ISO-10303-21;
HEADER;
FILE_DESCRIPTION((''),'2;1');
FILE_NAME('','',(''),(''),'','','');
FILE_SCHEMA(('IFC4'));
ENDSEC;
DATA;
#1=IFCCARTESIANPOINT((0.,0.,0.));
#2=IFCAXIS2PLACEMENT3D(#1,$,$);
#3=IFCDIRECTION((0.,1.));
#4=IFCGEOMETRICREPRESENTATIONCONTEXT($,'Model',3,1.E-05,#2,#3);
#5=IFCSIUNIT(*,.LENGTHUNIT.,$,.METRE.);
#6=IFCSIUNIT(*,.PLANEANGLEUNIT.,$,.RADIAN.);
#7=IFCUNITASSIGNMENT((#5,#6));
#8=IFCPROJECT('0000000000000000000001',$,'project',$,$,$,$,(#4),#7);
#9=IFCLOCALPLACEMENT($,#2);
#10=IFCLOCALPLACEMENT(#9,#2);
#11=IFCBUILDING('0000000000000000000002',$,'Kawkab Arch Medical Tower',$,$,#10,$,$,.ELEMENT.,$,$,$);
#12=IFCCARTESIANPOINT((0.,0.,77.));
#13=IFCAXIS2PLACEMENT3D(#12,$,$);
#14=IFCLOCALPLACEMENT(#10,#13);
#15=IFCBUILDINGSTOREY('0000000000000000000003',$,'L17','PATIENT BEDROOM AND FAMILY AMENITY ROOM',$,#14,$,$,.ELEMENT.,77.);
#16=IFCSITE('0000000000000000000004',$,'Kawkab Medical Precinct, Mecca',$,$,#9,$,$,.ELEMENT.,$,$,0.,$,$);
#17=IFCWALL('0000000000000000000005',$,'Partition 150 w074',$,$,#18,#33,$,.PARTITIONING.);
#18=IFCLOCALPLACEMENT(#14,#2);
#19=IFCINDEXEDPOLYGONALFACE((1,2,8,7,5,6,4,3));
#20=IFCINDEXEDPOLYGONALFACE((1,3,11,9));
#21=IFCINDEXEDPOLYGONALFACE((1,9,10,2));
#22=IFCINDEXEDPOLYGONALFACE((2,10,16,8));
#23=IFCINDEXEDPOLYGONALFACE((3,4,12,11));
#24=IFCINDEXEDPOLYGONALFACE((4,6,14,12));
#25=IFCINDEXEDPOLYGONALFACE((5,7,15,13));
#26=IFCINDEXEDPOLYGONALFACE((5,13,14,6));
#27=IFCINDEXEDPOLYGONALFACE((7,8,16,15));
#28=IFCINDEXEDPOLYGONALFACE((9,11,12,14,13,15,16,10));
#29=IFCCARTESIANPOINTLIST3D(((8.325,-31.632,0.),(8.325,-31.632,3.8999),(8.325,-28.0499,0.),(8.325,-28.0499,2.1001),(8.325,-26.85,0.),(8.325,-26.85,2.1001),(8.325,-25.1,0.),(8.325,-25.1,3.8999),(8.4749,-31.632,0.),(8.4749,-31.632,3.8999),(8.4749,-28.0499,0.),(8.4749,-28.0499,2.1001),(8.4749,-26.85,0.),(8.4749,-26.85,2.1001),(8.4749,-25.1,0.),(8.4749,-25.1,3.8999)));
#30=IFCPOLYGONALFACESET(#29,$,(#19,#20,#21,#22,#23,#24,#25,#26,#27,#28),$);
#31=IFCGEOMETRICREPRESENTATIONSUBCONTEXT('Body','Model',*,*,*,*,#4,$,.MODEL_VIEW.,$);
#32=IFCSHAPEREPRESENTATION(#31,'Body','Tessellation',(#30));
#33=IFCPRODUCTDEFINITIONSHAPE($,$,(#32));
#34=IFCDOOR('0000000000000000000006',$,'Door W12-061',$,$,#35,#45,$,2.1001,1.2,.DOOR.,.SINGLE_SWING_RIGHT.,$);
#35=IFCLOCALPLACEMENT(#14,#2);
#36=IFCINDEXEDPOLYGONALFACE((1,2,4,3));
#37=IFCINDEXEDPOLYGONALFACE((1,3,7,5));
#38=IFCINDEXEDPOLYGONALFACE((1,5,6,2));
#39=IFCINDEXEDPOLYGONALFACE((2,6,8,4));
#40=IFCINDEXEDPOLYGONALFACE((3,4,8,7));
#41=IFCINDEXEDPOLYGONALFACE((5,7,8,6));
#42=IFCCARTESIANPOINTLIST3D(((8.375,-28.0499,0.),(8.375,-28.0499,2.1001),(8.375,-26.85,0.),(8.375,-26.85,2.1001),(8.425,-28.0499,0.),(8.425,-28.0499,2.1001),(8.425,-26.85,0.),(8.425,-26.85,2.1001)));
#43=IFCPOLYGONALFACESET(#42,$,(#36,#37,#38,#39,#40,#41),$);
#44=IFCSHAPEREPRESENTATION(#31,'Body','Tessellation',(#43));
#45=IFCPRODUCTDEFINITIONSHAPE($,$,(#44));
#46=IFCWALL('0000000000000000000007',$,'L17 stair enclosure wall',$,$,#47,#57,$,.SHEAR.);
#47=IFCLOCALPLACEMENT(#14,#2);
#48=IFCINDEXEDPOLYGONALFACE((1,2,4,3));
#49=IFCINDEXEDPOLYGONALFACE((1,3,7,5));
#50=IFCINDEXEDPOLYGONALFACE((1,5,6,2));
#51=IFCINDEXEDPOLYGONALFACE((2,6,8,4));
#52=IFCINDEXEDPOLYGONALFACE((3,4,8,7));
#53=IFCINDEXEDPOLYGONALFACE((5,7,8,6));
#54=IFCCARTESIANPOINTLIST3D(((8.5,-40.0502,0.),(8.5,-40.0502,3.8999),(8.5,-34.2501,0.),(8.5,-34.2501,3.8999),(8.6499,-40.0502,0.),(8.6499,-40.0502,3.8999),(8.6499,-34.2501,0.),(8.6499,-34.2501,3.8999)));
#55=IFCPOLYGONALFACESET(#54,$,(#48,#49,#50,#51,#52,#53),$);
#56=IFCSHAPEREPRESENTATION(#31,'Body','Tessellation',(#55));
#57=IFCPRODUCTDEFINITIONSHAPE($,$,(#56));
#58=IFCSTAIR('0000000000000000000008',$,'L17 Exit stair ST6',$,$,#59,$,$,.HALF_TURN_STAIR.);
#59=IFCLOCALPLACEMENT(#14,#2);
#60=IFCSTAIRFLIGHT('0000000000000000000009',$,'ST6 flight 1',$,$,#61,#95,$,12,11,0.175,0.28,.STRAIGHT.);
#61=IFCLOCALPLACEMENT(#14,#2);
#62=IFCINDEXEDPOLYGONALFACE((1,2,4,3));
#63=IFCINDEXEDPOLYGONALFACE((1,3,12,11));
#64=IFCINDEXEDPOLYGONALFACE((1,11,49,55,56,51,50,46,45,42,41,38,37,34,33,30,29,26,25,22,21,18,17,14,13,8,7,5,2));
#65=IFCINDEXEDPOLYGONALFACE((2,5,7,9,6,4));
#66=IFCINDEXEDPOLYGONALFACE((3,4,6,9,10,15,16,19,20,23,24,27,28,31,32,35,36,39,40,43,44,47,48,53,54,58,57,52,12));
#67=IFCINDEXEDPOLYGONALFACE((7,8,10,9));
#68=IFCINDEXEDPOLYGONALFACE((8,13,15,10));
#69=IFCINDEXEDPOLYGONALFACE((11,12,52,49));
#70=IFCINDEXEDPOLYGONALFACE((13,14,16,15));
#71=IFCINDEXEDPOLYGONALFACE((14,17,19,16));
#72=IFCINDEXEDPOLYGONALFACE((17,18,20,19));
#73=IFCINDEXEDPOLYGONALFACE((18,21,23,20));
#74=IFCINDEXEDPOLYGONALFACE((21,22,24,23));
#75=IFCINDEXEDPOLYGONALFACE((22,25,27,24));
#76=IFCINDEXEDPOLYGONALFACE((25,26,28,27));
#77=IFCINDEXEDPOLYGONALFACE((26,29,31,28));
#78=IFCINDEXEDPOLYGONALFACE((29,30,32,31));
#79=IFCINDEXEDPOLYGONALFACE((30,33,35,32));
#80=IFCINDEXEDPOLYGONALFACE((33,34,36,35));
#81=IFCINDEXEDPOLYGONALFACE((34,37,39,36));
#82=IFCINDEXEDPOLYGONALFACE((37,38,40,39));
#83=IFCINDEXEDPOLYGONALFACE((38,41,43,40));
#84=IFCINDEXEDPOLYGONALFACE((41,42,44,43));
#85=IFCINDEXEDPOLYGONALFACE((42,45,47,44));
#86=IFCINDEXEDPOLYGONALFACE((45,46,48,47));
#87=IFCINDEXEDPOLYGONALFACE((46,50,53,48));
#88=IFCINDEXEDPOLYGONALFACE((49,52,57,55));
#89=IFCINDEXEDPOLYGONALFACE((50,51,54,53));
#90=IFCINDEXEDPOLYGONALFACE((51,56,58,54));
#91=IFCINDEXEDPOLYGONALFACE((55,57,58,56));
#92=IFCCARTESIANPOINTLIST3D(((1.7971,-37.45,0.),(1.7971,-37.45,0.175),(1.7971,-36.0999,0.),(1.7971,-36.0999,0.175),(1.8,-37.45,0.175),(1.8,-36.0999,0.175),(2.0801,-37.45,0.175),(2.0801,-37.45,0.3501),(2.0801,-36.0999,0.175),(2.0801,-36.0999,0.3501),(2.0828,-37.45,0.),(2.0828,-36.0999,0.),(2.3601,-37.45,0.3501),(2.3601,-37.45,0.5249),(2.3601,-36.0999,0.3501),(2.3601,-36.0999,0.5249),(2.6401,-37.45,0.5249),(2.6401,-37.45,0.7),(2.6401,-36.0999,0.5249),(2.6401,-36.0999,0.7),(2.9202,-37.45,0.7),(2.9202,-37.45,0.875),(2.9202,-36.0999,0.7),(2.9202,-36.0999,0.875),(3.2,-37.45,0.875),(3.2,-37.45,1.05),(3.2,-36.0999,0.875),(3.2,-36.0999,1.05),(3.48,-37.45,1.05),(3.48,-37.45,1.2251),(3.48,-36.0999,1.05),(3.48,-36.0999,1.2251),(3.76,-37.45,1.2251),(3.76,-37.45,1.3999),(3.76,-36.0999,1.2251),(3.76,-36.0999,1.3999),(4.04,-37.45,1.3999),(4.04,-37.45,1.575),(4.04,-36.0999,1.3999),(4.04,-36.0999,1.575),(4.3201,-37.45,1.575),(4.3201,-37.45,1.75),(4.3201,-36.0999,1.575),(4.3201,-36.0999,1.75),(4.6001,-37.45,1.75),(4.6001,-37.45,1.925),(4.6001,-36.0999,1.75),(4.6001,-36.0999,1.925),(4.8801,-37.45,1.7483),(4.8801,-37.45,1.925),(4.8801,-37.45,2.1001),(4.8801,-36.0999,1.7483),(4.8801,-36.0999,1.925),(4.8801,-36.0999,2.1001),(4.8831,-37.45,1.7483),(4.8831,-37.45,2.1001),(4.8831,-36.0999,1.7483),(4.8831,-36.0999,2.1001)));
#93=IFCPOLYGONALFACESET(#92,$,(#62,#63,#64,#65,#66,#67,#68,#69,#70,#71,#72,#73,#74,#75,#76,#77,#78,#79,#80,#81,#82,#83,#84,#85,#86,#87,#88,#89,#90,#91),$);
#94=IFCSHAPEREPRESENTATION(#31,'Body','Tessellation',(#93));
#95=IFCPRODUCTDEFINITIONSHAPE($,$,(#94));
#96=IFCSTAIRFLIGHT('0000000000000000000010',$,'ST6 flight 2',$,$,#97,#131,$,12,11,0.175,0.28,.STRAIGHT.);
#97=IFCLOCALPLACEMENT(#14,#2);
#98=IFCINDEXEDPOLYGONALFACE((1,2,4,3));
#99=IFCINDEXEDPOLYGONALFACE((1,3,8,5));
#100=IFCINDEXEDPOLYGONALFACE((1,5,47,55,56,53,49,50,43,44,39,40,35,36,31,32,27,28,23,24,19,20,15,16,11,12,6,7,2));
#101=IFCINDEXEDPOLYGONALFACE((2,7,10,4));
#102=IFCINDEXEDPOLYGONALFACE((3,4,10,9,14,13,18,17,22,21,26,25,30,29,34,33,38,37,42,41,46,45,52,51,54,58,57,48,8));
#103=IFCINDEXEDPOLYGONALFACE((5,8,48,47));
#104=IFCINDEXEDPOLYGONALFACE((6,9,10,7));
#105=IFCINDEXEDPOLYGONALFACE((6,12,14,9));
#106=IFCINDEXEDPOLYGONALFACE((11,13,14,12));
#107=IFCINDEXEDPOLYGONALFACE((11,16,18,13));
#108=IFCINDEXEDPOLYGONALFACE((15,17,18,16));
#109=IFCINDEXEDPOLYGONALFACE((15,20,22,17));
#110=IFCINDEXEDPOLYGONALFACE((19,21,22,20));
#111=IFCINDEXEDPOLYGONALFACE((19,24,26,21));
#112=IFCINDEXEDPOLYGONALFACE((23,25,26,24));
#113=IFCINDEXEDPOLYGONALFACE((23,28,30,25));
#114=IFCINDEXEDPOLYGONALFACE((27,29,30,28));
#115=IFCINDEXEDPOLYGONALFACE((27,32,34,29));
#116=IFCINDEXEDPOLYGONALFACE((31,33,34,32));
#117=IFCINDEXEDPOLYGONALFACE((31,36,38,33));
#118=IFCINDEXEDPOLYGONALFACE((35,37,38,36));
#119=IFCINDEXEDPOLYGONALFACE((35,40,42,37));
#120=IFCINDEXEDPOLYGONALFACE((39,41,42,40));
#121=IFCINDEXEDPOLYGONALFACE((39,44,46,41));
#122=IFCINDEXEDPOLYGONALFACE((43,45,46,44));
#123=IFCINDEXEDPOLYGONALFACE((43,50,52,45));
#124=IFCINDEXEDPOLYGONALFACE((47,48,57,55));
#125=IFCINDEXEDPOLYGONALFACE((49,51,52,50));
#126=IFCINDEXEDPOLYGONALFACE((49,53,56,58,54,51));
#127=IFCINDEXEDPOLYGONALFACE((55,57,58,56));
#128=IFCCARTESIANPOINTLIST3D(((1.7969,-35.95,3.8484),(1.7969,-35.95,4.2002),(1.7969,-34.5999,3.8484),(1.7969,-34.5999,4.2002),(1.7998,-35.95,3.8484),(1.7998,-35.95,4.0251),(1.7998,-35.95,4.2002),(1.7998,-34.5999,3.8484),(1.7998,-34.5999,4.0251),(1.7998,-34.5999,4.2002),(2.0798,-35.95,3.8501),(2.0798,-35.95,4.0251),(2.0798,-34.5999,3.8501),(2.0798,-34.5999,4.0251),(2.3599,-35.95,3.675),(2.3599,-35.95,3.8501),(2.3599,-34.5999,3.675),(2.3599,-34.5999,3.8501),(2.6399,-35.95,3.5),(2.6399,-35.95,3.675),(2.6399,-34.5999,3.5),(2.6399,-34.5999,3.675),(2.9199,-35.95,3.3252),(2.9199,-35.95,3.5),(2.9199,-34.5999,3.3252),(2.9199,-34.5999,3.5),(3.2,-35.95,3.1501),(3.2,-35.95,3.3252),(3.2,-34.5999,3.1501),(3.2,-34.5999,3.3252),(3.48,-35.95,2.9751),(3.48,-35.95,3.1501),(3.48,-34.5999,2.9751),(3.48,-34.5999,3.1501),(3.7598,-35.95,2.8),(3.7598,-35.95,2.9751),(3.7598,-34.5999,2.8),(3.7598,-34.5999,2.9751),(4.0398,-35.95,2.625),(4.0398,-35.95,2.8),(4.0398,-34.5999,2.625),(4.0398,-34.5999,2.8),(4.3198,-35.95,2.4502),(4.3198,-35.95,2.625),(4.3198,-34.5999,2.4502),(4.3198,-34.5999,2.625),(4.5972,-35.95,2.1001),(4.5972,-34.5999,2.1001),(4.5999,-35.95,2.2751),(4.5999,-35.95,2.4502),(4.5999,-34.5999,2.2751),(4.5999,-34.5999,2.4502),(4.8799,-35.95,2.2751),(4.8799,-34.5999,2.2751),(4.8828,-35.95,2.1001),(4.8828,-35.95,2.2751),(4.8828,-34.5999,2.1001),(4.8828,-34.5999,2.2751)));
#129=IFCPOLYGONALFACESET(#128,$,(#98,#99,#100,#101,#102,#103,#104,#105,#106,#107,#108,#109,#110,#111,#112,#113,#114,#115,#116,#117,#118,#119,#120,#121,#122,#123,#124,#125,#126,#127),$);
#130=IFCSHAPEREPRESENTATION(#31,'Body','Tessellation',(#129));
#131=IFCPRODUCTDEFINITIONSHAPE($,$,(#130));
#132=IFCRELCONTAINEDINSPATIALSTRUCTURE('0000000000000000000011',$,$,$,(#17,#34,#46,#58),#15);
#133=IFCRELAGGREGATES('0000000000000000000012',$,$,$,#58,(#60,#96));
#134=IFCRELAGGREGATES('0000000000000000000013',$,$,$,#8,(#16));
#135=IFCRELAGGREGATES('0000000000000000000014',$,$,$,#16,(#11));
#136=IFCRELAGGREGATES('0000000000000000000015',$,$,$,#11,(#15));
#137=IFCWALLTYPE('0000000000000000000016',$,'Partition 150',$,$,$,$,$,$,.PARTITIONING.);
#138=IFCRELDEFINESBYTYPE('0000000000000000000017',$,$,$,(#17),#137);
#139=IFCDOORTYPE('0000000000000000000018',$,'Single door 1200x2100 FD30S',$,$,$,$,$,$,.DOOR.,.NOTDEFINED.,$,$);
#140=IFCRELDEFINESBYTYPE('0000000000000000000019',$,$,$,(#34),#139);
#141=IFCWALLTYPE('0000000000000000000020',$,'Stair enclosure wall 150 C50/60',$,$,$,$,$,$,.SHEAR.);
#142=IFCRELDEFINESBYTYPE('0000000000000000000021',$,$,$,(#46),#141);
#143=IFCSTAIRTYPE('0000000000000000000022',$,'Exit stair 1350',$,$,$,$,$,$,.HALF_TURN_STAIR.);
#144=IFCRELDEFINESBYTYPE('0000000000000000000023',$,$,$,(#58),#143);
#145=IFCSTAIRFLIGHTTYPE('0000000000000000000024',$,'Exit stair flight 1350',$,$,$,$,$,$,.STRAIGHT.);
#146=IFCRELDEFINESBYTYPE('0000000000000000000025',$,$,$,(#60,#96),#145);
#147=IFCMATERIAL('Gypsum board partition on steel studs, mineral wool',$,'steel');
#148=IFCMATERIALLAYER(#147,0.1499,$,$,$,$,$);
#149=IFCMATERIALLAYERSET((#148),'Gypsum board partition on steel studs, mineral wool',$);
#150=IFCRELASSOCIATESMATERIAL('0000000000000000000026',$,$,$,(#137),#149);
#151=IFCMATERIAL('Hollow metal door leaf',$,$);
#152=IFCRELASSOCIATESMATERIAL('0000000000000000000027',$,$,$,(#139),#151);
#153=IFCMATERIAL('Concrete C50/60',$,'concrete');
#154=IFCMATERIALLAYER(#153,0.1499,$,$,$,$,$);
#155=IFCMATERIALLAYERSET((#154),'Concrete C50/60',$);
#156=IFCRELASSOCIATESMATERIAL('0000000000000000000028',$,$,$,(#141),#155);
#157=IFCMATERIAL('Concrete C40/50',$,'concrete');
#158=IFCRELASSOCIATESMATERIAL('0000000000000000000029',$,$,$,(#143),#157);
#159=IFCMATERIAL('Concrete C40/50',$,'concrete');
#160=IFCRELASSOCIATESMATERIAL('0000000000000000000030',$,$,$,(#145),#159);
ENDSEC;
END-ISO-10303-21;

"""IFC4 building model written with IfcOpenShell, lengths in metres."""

from ifc_helpers import new_model, si_unit, direction, frame, frame_2d, origin, place, context, subcontext, project, spatial, polyline, rectangle, outline, extrude, material, layer, layer_set, type_object, element, fill, aggregate, save


model = new_model("IFC4")

# Units and contexts
model_context = context("Model", 3, precision=1e-05, world=origin(), true_north=direction((0.0, 1.0)))
body_context = subcontext(model_context, "Body", "Model", "MODEL_VIEW")
ifc_project = project(units=[si_unit("LENGTHUNIT", "METRE"), si_unit("PLANEANGLEUNIT", "RADIAN")], contexts=[model_context])

# Site, building, storey
site_placement = place(None, origin())
site = spatial("IfcSite", under=ifc_project, at=site_placement, Name="Kawkab Medical Precinct, Mecca", CompositionType="ELEMENT", RefElevation=0.0)
building_placement = place(site_placement, origin())
building = spatial("IfcBuilding", under=site, at=building_placement, Name="Kawkab Arch Medical Tower", CompositionType="ELEMENT")
storey_placement = place(building_placement, frame((0.0, 0.0, 77.0)))
storey = spatial("IfcBuildingStorey", under=building, at=storey_placement, Name="L17", Description="PATIENT BEDROOM AND FAMILY AMENITY ROOM", CompositionType="ELEMENT", Elevation=77.0)

# Shared definitions
ifc_material_1 = material(Name="Gypsum board partition on steel studs, mineral wool", Category="steel")
ifc_layer_1 = layer(ifc_material_1, 0.1499)
ifc_layer_set_1 = layer_set([ifc_layer_1], Name="Gypsum board partition on steel studs, mineral wool")
wall_type_1 = type_object("IfcWallType", Name="Partition 150", PredefinedType="PARTITIONING", material=ifc_layer_set_1)

# Wall, opening, door
wall_1_placement = place(storey_placement, frame((8.3999, -31.6321, 0.0), z_axis=(0.0, 0.0, 1.0), x_axis=(0.0, 1.0, 0.0)))
wall_1 = element("IfcWall", 1, at=wall_1_placement, inside=storey, type_object=wall_type_1, Name="Partition 150 w074", PredefinedType="PARTITIONING", context=body_context, shape_type="SweptSolid", body=[
    extrude(rectangle(XDim=6.532, YDim=0.1499, at=frame_2d((3.2661, 0.0))), origin(), (0.0, 0.0, 1.0), 3.8999),
])
opening_1_placement = place(wall_1_placement, frame((3.582, 0.0, 0.0)))
opening_1 = element("IfcOpeningElement", 2, at=opening_1_placement, cuts=wall_1, PredefinedType="OPENING", context=body_context, shape_type="SweptSolid", body=[
    extrude(rectangle(XDim=1.2, YDim=2.1001, at=frame_2d((0.6001, 1.05))), frame((0.0, 0.085, 0.0), z_axis=(0.0, -1.0, 0.0), x_axis=(1.0, 0.0, 0.0)), (0.0, 0.0, 1.0), 0.1699),
])
ifc_material_2 = material(Name="Hollow metal door leaf")
door_type_1 = type_object("IfcDoorType", Name="Single door 1200x2100 FD30S", OperationType="NOTDEFINED", PredefinedType="DOOR", material=ifc_material_2)
door_1_placement = place(opening_1_placement, origin())
door_1 = element("IfcDoor", 3, at=door_1_placement, inside=storey, type_object=door_type_1, Name="Door W12-061", OperationType="SINGLE_SWING_RIGHT", OverallHeight=2.1001, OverallWidth=1.2, PredefinedType="DOOR", context=body_context, shape_type="SweptSolid", body=[
    extrude(rectangle(XDim=1.2, YDim=2.1001, at=frame_2d((0.6001, 1.05))), frame((0.0, 0.0249, 0.0), z_axis=(0.0, -1.0, 0.0), x_axis=(1.0, 0.0, 0.0)), (0.0, 0.0, 1.0), 0.05),
])
fill(opening_1, door_1)

# Wall
ifc_material_3 = material(Name="Concrete C50/60", Category="concrete")
ifc_layer_2 = layer(ifc_material_3, 0.1499)
ifc_layer_set_2 = layer_set([ifc_layer_2], Name="Concrete C50/60")
wall_type_2 = type_object("IfcWallType", Name="Stair enclosure wall 150 C50/60", PredefinedType="SHEAR", material=ifc_layer_set_2)
wall_2_placement = place(storey_placement, frame((8.575, -40.05, 0.0), z_axis=(0.0, 0.0, 1.0), x_axis=(0.0, 1.0, 0.0)))
element("IfcWall", 4, at=wall_2_placement, inside=storey, type_object=wall_type_2, Name="L17 stair enclosure wall", PredefinedType="SHEAR", context=body_context, shape_type="SweptSolid", body=[
    extrude(rectangle(XDim=5.8, YDim=0.1499, at=frame_2d((2.8999, 0.0))), origin(), (0.0, 0.0, 1.0), 3.8999),
])

# Stair, stair flights
ifc_material_4 = material(Name="Concrete C40/50", Category="concrete")
stair_type = type_object("IfcStairType", Name="Exit stair 1350", PredefinedType="HALF_TURN_STAIR", material=ifc_material_4)
stair_placement = place(storey_placement, origin())
stair = element("IfcStair", 5, at=stair_placement, inside=storey, type_object=stair_type, Name="L17 Exit stair ST6", PredefinedType="HALF_TURN_STAIR")
ifc_material_5 = material(Name="Concrete C40/50", Category="concrete")
stair_flight_type = type_object("IfcStairFlightType", Name="Exit stair flight 1350", PredefinedType="STRAIGHT", material=ifc_material_5)
stair_flight_1_placement = place(storey_placement, frame((1.8, -36.7749, 0.0), z_axis=(0.0, 0.0, 1.0), x_axis=(1.0, 0.0, 0.0)))
stair_flight_1 = element("IfcStairFlight", 6, at=stair_flight_1_placement, type_object=stair_flight_type, Name="ST6 flight 1", NumberOfRisers=12, NumberOfTreads=11, PredefinedType="STRAIGHT", RiserHeight=0.175, TreadLength=0.28, context=body_context, shape_type="SweptSolid", body=[
    extrude(outline(polyline([(-0.0029, 0.0), (-0.0029, 0.175), (0.0, 0.175), (0.28, 0.175), (0.28, 0.3501), (0.5601, 0.3501), (0.5601, 0.5249), (0.8401, 0.5249), (0.8401, 0.7), (1.1201, 0.7), (1.1201, 0.875), (1.3999, 0.875), (1.3999, 1.05), (1.6799, 1.05), (1.6799, 1.2251), (1.96, 1.2251), (1.96, 1.3999), (2.24, 1.3999), (2.24, 1.575), (2.52, 1.575), (2.52, 1.75), (2.8, 1.75), (2.8, 1.925), (3.0801, 1.925), (3.0801, 2.1001), (3.083, 2.1001), (3.083, 1.7483), (3.0801, 1.7483), (0.2827, 0.0), (-0.0029, 0.0)])), frame((0.0, 0.675, 0.0), z_axis=(0.0, -1.0, 0.0), x_axis=(1.0, 0.0, 0.0)), (0.0, 0.0, 1.0), 1.3501),
])
stair_flight_2_placement = place(storey_placement, frame((4.8799, -35.2749, 2.1001), z_axis=(0.0, 0.0, 1.0), x_axis=(-1.0, 0.0, 0.0)))
stair_flight_2 = element("IfcStairFlight", 7, at=stair_flight_2_placement, type_object=stair_flight_type, Name="ST6 flight 2", NumberOfRisers=12, NumberOfTreads=11, PredefinedType="STRAIGHT", RiserHeight=0.175, TreadLength=0.28, context=body_context, shape_type="SweptSolid", body=[
    extrude(outline(polyline([(-0.0029, 0.0), (-0.0029, 0.175), (0.0, 0.175), (0.28, 0.175), (0.28, 0.3501), (0.5601, 0.3501), (0.5601, 0.5249), (0.8401, 0.5249), (0.8401, 0.7), (1.1201, 0.7), (1.1201, 0.875), (1.3999, 0.875), (1.3999, 1.05), (1.6799, 1.05), (1.6799, 1.2251), (1.96, 1.2251), (1.96, 1.3999), (2.24, 1.3999), (2.24, 1.575), (2.52, 1.575), (2.52, 1.75), (2.8, 1.75), (2.8, 1.925), (3.0801, 1.925), (3.0801, 2.1001), (3.083, 2.1001), (3.083, 1.7483), (3.0801, 1.7483), (0.2827, 0.0), (-0.0029, 0.0)])), frame((0.0, 0.675, 0.0), z_axis=(0.0, -1.0, 0.0), x_axis=(1.0, 0.0, 0.0)), (0.0, 0.0, 1.0), 1.3501),
])
aggregate(stair, [stair_flight_1, stair_flight_2])

save(model, "model.ifc")
